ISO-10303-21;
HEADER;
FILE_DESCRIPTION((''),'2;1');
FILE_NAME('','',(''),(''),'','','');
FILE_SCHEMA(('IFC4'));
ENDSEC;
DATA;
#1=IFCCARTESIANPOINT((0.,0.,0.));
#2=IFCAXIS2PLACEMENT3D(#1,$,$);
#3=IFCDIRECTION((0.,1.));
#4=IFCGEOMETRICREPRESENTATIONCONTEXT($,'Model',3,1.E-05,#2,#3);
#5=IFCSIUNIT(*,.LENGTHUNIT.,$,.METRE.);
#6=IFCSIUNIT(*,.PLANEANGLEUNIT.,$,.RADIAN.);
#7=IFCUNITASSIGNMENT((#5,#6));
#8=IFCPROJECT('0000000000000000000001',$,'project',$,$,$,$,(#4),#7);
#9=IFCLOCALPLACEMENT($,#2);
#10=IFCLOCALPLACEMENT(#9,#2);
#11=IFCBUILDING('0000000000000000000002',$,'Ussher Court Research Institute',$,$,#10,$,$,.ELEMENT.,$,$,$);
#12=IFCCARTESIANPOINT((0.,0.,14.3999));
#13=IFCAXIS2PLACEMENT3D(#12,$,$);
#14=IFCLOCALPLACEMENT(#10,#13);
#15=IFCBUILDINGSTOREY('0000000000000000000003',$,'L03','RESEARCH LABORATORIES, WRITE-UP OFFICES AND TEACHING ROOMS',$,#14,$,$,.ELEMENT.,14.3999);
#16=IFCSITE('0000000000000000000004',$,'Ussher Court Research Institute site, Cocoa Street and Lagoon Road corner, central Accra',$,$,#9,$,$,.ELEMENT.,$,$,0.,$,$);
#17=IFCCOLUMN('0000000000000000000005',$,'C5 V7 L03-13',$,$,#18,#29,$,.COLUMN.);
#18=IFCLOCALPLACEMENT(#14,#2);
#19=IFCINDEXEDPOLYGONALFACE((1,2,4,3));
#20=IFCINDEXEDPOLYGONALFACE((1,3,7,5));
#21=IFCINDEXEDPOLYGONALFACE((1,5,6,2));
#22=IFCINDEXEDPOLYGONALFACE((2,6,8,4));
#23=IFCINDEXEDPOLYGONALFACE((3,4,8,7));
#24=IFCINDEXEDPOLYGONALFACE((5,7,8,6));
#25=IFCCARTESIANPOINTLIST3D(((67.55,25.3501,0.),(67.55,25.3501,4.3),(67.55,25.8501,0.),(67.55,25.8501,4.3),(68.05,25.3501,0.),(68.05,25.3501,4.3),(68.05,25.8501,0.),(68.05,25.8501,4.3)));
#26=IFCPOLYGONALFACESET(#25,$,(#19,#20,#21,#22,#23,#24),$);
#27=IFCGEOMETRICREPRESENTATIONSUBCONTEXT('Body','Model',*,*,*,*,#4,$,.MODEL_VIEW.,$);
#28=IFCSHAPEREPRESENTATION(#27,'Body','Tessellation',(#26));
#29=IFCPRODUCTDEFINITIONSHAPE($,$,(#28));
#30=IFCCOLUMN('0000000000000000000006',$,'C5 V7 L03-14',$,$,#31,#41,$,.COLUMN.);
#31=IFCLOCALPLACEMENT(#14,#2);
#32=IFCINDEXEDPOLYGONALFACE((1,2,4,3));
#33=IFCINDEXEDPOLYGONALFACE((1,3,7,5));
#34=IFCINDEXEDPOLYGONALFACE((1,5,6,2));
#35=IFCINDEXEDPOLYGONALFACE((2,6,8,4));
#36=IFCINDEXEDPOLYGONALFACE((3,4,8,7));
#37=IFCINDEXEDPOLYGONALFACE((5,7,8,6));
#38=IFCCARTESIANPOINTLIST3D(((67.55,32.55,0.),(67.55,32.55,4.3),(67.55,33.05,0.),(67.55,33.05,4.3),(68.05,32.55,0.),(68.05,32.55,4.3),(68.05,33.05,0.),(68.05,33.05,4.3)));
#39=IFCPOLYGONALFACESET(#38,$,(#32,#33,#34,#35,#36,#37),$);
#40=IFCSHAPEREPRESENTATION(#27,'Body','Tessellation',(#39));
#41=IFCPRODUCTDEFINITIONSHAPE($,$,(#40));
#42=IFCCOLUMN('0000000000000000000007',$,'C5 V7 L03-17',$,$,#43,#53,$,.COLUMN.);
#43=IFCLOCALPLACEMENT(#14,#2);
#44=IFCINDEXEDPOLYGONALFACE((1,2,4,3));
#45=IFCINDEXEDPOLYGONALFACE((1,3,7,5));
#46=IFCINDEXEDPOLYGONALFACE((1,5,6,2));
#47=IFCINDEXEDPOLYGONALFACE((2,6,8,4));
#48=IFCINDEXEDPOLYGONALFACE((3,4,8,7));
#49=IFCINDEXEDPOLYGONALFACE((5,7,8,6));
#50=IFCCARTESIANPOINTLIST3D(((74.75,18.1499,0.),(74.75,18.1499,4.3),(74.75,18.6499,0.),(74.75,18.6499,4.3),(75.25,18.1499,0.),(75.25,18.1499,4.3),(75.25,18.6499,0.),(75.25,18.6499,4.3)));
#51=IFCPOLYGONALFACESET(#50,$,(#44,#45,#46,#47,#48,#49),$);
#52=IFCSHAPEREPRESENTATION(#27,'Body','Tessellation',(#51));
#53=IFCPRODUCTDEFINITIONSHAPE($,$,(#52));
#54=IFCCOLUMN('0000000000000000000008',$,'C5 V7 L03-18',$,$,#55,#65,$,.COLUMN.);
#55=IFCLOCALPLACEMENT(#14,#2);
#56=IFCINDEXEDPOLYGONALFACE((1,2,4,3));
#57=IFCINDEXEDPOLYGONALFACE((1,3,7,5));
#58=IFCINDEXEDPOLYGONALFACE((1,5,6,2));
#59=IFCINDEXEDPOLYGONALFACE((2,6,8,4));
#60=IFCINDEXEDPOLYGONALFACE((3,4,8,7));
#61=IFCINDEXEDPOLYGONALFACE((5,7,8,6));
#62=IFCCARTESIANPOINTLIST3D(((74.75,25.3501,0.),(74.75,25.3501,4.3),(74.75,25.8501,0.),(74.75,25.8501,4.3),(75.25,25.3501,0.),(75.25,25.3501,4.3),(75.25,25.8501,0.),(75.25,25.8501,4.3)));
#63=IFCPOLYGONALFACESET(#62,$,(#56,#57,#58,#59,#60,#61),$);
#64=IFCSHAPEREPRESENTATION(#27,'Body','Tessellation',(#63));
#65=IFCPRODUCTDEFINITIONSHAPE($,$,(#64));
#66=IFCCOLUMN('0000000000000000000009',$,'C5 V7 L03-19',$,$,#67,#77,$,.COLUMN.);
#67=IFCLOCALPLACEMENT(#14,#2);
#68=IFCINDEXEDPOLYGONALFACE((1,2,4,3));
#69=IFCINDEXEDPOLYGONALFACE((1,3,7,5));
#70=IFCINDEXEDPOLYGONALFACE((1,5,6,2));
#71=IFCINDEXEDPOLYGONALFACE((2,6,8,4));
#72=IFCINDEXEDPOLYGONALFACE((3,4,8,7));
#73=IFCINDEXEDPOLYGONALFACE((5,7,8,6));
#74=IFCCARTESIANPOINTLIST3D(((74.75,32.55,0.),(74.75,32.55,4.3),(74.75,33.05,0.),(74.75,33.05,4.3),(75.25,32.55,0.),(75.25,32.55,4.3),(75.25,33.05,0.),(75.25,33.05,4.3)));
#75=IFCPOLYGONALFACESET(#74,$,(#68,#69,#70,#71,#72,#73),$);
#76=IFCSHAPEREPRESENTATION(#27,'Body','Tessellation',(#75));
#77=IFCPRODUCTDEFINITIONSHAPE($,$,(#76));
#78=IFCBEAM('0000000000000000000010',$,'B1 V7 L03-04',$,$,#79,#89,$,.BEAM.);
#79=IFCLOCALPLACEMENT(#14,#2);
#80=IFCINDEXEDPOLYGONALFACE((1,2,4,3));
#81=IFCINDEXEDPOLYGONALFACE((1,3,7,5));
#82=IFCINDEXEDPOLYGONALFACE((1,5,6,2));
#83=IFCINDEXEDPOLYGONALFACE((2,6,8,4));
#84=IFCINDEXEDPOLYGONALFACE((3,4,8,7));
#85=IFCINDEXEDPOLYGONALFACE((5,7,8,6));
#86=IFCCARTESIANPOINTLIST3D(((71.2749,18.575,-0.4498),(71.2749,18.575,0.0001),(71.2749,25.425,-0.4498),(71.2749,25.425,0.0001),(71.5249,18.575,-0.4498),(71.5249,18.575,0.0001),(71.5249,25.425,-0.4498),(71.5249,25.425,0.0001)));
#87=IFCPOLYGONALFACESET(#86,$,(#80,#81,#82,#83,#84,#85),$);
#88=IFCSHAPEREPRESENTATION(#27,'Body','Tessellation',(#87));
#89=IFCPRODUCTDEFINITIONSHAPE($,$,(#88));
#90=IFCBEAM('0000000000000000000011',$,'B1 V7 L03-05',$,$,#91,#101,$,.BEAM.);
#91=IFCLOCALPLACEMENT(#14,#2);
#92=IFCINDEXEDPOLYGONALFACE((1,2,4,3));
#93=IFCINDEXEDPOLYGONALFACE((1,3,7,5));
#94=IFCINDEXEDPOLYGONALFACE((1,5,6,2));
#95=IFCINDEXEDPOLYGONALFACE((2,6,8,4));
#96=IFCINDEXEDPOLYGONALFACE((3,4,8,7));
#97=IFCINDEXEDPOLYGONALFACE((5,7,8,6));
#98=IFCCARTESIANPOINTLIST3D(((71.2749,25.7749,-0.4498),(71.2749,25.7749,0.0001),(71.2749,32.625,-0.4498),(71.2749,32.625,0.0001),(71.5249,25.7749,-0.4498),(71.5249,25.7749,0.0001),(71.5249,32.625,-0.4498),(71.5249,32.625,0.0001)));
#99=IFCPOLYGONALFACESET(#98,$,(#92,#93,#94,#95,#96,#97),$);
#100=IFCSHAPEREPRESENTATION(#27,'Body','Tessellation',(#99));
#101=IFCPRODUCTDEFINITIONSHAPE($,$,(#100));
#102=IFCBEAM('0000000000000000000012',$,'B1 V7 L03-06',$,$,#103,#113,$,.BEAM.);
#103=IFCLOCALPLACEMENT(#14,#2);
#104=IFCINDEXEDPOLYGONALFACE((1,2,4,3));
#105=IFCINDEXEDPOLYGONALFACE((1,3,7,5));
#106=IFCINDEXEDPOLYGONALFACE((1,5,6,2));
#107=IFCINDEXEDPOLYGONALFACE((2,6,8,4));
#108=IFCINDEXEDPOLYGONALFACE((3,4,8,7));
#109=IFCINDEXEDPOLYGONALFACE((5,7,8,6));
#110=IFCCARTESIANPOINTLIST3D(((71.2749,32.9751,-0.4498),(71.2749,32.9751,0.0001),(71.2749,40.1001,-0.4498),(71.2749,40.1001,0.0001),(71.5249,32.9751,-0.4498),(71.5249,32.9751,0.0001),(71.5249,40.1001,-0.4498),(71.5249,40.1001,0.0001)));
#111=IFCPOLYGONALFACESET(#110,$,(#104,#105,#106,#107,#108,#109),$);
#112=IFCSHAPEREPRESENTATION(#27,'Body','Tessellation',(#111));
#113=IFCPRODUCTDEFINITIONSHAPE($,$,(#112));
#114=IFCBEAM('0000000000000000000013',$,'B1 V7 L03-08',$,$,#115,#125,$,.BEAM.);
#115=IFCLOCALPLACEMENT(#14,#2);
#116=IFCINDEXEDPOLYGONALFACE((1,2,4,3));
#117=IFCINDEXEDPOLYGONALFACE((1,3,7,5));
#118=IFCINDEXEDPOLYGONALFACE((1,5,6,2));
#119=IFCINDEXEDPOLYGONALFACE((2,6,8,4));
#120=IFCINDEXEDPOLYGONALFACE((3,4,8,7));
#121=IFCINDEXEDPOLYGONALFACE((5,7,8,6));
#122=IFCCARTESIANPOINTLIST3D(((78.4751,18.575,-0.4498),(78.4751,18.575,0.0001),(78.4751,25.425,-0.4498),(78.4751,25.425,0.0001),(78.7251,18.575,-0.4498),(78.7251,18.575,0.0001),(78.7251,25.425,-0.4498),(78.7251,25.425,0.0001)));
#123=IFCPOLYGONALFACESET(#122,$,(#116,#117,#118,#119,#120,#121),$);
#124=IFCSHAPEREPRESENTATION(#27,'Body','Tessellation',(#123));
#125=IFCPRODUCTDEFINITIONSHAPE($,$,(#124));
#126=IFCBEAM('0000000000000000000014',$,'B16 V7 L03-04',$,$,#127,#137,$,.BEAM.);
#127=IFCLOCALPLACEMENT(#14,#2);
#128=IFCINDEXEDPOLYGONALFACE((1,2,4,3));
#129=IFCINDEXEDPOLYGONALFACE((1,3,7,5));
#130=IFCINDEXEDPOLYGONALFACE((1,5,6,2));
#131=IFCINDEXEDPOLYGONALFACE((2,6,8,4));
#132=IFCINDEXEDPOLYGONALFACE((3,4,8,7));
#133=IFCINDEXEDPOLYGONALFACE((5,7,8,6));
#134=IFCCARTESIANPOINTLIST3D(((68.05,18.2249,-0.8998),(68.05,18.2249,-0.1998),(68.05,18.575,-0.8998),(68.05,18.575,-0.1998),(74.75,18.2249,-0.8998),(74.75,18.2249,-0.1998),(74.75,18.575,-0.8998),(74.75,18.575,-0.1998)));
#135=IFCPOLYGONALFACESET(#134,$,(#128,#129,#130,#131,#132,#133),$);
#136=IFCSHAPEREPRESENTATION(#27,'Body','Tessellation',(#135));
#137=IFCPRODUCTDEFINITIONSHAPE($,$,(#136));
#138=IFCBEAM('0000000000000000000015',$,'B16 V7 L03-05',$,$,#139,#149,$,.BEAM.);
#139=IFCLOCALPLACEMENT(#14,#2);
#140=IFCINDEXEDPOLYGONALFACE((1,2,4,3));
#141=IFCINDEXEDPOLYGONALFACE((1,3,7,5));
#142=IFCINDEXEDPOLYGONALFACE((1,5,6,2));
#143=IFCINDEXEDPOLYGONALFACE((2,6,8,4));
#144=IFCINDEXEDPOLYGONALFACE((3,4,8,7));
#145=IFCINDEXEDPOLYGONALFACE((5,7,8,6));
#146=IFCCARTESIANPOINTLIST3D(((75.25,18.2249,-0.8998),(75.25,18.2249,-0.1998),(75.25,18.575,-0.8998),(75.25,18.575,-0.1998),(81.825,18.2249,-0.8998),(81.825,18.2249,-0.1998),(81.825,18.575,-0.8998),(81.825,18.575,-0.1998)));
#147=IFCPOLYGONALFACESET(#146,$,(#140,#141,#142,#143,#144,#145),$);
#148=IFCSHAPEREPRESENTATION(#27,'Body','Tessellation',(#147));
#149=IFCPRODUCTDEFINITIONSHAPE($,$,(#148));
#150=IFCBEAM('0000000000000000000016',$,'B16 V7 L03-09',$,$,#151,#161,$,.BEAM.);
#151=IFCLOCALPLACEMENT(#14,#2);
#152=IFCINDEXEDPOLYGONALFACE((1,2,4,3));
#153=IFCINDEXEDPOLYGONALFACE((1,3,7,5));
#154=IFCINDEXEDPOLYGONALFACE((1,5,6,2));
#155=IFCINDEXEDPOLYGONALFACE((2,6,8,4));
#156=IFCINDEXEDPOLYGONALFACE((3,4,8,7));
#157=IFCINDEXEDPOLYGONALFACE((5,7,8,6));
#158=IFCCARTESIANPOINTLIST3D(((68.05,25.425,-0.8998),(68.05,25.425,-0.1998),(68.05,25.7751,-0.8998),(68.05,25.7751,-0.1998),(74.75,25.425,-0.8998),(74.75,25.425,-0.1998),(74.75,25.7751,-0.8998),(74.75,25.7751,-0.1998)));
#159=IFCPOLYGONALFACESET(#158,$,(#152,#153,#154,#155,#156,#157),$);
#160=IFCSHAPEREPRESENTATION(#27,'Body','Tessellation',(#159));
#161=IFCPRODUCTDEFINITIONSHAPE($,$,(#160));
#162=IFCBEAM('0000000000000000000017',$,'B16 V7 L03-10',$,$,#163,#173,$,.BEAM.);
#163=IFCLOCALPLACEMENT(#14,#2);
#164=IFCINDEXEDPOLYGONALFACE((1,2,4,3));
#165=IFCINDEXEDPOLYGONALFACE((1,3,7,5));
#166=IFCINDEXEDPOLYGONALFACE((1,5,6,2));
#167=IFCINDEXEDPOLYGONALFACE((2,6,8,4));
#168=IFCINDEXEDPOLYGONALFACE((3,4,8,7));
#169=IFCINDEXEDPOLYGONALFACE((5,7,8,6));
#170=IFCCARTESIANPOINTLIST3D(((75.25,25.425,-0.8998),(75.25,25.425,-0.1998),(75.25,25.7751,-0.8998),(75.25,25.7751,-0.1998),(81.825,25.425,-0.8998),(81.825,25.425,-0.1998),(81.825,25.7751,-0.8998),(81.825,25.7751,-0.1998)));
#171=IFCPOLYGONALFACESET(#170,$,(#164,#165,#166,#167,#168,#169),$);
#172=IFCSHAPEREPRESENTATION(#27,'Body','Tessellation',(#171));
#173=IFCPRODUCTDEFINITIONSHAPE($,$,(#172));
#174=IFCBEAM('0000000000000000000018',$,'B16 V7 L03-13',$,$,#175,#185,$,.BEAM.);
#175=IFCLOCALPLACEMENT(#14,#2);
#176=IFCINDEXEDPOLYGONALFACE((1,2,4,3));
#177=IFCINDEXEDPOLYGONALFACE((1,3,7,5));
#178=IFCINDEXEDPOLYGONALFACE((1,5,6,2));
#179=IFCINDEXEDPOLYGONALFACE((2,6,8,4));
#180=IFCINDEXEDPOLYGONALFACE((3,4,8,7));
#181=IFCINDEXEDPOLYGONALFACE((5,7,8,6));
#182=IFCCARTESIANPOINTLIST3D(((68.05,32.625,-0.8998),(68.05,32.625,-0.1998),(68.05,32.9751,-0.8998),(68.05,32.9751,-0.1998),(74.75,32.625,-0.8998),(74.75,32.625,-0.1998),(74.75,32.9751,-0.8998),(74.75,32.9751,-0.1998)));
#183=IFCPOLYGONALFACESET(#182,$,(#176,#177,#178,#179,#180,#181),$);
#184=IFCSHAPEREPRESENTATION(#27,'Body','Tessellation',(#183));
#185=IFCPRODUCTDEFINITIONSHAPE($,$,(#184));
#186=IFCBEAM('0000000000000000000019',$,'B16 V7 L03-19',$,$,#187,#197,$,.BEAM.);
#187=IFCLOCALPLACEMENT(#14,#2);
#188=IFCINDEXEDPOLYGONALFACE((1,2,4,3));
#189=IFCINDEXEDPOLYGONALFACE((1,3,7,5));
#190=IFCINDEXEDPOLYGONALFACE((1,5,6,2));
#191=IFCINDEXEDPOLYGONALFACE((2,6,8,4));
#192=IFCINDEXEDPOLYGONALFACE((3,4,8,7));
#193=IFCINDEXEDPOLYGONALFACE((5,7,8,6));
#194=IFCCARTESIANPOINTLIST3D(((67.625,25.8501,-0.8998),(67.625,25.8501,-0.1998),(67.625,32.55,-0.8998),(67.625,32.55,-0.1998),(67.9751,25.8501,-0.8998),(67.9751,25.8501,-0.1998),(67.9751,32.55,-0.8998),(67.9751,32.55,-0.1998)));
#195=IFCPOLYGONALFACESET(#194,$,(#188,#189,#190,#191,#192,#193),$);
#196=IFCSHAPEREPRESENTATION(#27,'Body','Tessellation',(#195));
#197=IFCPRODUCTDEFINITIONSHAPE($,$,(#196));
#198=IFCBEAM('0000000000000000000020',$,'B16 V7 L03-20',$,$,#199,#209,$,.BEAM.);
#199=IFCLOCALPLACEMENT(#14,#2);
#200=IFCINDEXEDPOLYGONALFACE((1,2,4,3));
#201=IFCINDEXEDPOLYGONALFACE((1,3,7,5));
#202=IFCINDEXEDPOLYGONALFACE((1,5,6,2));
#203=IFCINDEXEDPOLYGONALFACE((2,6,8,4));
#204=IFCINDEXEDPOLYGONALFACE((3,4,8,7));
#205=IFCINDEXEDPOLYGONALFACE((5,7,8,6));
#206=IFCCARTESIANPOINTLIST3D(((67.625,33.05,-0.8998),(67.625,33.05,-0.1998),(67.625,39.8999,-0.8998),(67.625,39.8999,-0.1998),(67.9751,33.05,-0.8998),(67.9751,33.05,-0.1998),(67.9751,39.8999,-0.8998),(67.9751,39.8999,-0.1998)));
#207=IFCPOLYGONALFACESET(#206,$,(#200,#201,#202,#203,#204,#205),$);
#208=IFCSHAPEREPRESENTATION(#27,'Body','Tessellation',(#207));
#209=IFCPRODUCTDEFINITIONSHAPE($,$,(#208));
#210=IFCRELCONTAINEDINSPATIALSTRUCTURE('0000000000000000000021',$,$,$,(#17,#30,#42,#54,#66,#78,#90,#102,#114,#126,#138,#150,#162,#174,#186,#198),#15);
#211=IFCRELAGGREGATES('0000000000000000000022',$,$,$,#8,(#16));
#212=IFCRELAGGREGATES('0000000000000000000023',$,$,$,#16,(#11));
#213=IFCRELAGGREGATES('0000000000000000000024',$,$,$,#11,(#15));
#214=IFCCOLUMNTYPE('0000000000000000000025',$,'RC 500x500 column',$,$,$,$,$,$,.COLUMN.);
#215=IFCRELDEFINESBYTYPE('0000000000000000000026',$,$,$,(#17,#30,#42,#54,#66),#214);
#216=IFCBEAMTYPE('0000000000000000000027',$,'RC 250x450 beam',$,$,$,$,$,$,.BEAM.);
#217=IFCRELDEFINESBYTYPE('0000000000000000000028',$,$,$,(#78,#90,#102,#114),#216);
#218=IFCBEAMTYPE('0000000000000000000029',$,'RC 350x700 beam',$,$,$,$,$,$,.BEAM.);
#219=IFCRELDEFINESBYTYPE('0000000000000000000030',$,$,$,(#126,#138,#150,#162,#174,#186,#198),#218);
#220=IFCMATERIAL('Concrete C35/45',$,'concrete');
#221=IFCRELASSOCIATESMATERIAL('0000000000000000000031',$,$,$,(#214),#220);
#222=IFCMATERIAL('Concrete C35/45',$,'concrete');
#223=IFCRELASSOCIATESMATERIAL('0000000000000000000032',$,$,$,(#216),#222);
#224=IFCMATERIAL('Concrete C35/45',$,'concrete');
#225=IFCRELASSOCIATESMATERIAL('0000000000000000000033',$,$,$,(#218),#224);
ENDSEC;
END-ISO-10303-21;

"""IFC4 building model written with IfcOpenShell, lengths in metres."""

from ifc_helpers import new_model, si_unit, direction, frame, origin, origin_2d, place, context, subcontext, project, spatial, rectangle, extrude, material, material_profile, profile_set, type_object, element, save


model = new_model("IFC4")

# Units and contexts
model_context = context("Model", 3, precision=1e-05, world=origin(), true_north=direction((0.0, 1.0)))
body_context = subcontext(model_context, "Body", "Model", "MODEL_VIEW")
ifc_project = project(units=[si_unit("LENGTHUNIT", "METRE"), si_unit("PLANEANGLEUNIT", "RADIAN")], contexts=[model_context])

# Site, building, storey
site_placement = place(None, origin())
site = spatial("IfcSite", under=ifc_project, at=site_placement, Name="Ussher Court Research Institute site, Cocoa Street and Lagoon Road corner, central Accra", CompositionType="ELEMENT", RefElevation=0.0)
building_placement = place(site_placement, origin())
building = spatial("IfcBuilding", under=site, at=building_placement, Name="Ussher Court Research Institute", CompositionType="ELEMENT")
storey_placement = place(building_placement, frame((0.0, 0.0, 14.3999)))
storey = spatial("IfcBuildingStorey", under=building, at=storey_placement, Name="L03", Description="RESEARCH LABORATORIES, WRITE-UP OFFICES AND TEACHING ROOMS", CompositionType="ELEMENT", Elevation=14.3999)

# Columns
ifc_material_1 = material(Name="Concrete C35/45", Category="concrete")
ifc_material_profile_1 = material_profile(ifc_material_1, rectangle(XDim=0.5, YDim=0.5, at=origin_2d()), Name="RC 500x500")
ifc_profile_set_1 = profile_set([ifc_material_profile_1], Name="Concrete C35/45")
column_type = type_object("IfcColumnType", Name="RC 500x500 column", PredefinedType="COLUMN", material=ifc_profile_set_1)
for number, where, z_axis, x_axis, name in (
    (1, (67.8, 25.6001, 0.0), (0.0, 0.0, 1.0), (1.0, 0.0, 0.0), "C5 V7 L03-13"),
    (2, (67.8, 32.8, 0.0), (0.0, 0.0, 1.0), (1.0, 0.0, 0.0), "C5 V7 L03-14"),
    (3, (75.0, 18.3999, 0.0), (0.0, 0.0, 1.0), (1.0, 0.0, 0.0), "C5 V7 L03-17"),
    (4, (75.0, 25.6001, 0.0), (0.0, 0.0, 1.0), (1.0, 0.0, 0.0), "C5 V7 L03-18"),
    (5, (75.0, 32.8, 0.0), (0.0, 0.0, 1.0), (1.0, 0.0, 0.0), "C5 V7 L03-19"),
):
    element("IfcColumn", number, at=place(storey_placement, frame(where, z_axis=z_axis, x_axis=x_axis)), inside=storey, type_object=column_type, Name=name, PredefinedType="COLUMN", context=body_context, shape_type="SweptSolid", body=[
        extrude(rectangle(XDim=0.5, YDim=0.5, at=origin_2d()), origin(), (0.0, 0.0, 1.0), 4.3),
    ])

# Beams
ifc_material_2 = material(Name="Concrete C35/45", Category="concrete")
ifc_material_profile_2 = material_profile(ifc_material_2, rectangle(XDim=0.25, YDim=0.45, at=origin_2d()), Name="RC 250x450")
ifc_profile_set_2 = profile_set([ifc_material_profile_2], Name="Concrete C35/45")
beam_type_1 = type_object("IfcBeamType", Name="RC 250x450 beam", PredefinedType="BEAM", material=ifc_profile_set_2)
for number, where, z_axis, x_axis, name in (
    (6, (71.3999, 18.575, -0.2249), (0.0, 1.0, 0.0), (-1.0, 0.0, 0.0), "B1 V7 L03-04"),
    (7, (71.3999, 25.7749, -0.2249), (0.0, 1.0, 0.0), (-1.0, 0.0, 0.0), "B1 V7 L03-05"),
):
    element("IfcBeam", number, at=place(storey_placement, frame(where, z_axis=z_axis, x_axis=x_axis)), inside=storey, type_object=beam_type_1, Name=name, PredefinedType="BEAM", context=body_context, shape_type="SweptSolid", body=[
        extrude(rectangle(XDim=0.25, YDim=0.45, at=origin_2d()), origin(), (0.0, 0.0, 1.0), 6.8501),
    ])
beam_1_placement = place(storey_placement, frame((71.3999, 32.9751, -0.2249), z_axis=(0.0, 1.0, 0.0), x_axis=(-1.0, 0.0, 0.0)))
element("IfcBeam", 8, at=beam_1_placement, inside=storey, type_object=beam_type_1, Name="B1 V7 L03-06", PredefinedType="BEAM", context=body_context, shape_type="SweptSolid", body=[
    extrude(rectangle(XDim=0.25, YDim=0.45, at=origin_2d()), origin(), (0.0, 0.0, 1.0), 7.125),
])
beam_2_placement = place(storey_placement, frame((78.6001, 18.575, -0.2249), z_axis=(0.0, 1.0, 0.0), x_axis=(-1.0, 0.0, 0.0)))
element("IfcBeam", 9, at=beam_2_placement, inside=storey, type_object=beam_type_1, Name="B1 V7 L03-08", PredefinedType="BEAM", context=body_context, shape_type="SweptSolid", body=[
    extrude(rectangle(XDim=0.25, YDim=0.45, at=origin_2d()), origin(), (0.0, 0.0, 1.0), 6.8501),
])
ifc_material_3 = material(Name="Concrete C35/45", Category="concrete")
ifc_material_profile_3 = material_profile(ifc_material_3, rectangle(XDim=0.3501, YDim=0.7, at=origin_2d()), Name="RC 350x700")
ifc_profile_set_3 = profile_set([ifc_material_profile_3], Name="Concrete C35/45")
beam_type_2 = type_object("IfcBeamType", Name="RC 350x700 beam", PredefinedType="BEAM", material=ifc_profile_set_3)
beam_3_placement = place(storey_placement, frame((68.05, 18.3999, -0.5498), z_axis=(1.0, 0.0, 0.0), x_axis=(0.0, 1.0, 0.0)))
element("IfcBeam", 10, at=beam_3_placement, inside=storey, type_object=beam_type_2, Name="B16 V7 L03-04", PredefinedType="BEAM", context=body_context, shape_type="SweptSolid", body=[
    extrude(rectangle(XDim=0.3501, YDim=0.7, at=origin_2d()), origin(), (0.0, 0.0, 1.0), 6.7),
])
beam_4_placement = place(storey_placement, frame((75.25, 18.3999, -0.5498), z_axis=(1.0, 0.0, 0.0), x_axis=(0.0, 1.0, 0.0)))
element("IfcBeam", 11, at=beam_4_placement, inside=storey, type_object=beam_type_2, Name="B16 V7 L03-05", PredefinedType="BEAM", context=body_context, shape_type="SweptSolid", body=[
    extrude(rectangle(XDim=0.3501, YDim=0.7, at=origin_2d()), origin(), (0.0, 0.0, 1.0), 6.575),
])
beam_5_placement = place(storey_placement, frame((68.05, 25.6001, -0.5498), z_axis=(1.0, 0.0, 0.0), x_axis=(0.0, 1.0, 0.0)))
element("IfcBeam", 12, at=beam_5_placement, inside=storey, type_object=beam_type_2, Name="B16 V7 L03-09", PredefinedType="BEAM", context=body_context, shape_type="SweptSolid", body=[
    extrude(rectangle(XDim=0.3501, YDim=0.7, at=origin_2d()), origin(), (0.0, 0.0, 1.0), 6.7),
])
beam_6_placement = place(storey_placement, frame((75.25, 25.6001, -0.5498), z_axis=(1.0, 0.0, 0.0), x_axis=(0.0, 1.0, 0.0)))
element("IfcBeam", 13, at=beam_6_placement, inside=storey, type_object=beam_type_2, Name="B16 V7 L03-10", PredefinedType="BEAM", context=body_context, shape_type="SweptSolid", body=[
    extrude(rectangle(XDim=0.3501, YDim=0.7, at=origin_2d()), origin(), (0.0, 0.0, 1.0), 6.575),
])
for number, where, z_axis, x_axis, name in (
    (14, (68.05, 32.8, -0.5498), (1.0, 0.0, 0.0), (0.0, 1.0, 0.0), "B16 V7 L03-13"),
    (15, (67.8, 25.8501, -0.5498), (0.0, 1.0, 0.0), (-1.0, 0.0, 0.0), "B16 V7 L03-19"),
):
    element("IfcBeam", number, at=place(storey_placement, frame(where, z_axis=z_axis, x_axis=x_axis)), inside=storey, type_object=beam_type_2, Name=name, PredefinedType="BEAM", context=body_context, shape_type="SweptSolid", body=[
        extrude(rectangle(XDim=0.3501, YDim=0.7, at=origin_2d()), origin(), (0.0, 0.0, 1.0), 6.7),
    ])
beam_7_placement = place(storey_placement, frame((67.8, 33.05, -0.5498), z_axis=(0.0, 1.0, 0.0), x_axis=(-1.0, 0.0, 0.0)))
element("IfcBeam", 16, at=beam_7_placement, inside=storey, type_object=beam_type_2, Name="B16 V7 L03-20", PredefinedType="BEAM", context=body_context, shape_type="SweptSolid", body=[
    extrude(rectangle(XDim=0.3501, YDim=0.7, at=origin_2d()), origin(), (0.0, 0.0, 1.0), 6.8499),
])

save(model, "model.ifc")
